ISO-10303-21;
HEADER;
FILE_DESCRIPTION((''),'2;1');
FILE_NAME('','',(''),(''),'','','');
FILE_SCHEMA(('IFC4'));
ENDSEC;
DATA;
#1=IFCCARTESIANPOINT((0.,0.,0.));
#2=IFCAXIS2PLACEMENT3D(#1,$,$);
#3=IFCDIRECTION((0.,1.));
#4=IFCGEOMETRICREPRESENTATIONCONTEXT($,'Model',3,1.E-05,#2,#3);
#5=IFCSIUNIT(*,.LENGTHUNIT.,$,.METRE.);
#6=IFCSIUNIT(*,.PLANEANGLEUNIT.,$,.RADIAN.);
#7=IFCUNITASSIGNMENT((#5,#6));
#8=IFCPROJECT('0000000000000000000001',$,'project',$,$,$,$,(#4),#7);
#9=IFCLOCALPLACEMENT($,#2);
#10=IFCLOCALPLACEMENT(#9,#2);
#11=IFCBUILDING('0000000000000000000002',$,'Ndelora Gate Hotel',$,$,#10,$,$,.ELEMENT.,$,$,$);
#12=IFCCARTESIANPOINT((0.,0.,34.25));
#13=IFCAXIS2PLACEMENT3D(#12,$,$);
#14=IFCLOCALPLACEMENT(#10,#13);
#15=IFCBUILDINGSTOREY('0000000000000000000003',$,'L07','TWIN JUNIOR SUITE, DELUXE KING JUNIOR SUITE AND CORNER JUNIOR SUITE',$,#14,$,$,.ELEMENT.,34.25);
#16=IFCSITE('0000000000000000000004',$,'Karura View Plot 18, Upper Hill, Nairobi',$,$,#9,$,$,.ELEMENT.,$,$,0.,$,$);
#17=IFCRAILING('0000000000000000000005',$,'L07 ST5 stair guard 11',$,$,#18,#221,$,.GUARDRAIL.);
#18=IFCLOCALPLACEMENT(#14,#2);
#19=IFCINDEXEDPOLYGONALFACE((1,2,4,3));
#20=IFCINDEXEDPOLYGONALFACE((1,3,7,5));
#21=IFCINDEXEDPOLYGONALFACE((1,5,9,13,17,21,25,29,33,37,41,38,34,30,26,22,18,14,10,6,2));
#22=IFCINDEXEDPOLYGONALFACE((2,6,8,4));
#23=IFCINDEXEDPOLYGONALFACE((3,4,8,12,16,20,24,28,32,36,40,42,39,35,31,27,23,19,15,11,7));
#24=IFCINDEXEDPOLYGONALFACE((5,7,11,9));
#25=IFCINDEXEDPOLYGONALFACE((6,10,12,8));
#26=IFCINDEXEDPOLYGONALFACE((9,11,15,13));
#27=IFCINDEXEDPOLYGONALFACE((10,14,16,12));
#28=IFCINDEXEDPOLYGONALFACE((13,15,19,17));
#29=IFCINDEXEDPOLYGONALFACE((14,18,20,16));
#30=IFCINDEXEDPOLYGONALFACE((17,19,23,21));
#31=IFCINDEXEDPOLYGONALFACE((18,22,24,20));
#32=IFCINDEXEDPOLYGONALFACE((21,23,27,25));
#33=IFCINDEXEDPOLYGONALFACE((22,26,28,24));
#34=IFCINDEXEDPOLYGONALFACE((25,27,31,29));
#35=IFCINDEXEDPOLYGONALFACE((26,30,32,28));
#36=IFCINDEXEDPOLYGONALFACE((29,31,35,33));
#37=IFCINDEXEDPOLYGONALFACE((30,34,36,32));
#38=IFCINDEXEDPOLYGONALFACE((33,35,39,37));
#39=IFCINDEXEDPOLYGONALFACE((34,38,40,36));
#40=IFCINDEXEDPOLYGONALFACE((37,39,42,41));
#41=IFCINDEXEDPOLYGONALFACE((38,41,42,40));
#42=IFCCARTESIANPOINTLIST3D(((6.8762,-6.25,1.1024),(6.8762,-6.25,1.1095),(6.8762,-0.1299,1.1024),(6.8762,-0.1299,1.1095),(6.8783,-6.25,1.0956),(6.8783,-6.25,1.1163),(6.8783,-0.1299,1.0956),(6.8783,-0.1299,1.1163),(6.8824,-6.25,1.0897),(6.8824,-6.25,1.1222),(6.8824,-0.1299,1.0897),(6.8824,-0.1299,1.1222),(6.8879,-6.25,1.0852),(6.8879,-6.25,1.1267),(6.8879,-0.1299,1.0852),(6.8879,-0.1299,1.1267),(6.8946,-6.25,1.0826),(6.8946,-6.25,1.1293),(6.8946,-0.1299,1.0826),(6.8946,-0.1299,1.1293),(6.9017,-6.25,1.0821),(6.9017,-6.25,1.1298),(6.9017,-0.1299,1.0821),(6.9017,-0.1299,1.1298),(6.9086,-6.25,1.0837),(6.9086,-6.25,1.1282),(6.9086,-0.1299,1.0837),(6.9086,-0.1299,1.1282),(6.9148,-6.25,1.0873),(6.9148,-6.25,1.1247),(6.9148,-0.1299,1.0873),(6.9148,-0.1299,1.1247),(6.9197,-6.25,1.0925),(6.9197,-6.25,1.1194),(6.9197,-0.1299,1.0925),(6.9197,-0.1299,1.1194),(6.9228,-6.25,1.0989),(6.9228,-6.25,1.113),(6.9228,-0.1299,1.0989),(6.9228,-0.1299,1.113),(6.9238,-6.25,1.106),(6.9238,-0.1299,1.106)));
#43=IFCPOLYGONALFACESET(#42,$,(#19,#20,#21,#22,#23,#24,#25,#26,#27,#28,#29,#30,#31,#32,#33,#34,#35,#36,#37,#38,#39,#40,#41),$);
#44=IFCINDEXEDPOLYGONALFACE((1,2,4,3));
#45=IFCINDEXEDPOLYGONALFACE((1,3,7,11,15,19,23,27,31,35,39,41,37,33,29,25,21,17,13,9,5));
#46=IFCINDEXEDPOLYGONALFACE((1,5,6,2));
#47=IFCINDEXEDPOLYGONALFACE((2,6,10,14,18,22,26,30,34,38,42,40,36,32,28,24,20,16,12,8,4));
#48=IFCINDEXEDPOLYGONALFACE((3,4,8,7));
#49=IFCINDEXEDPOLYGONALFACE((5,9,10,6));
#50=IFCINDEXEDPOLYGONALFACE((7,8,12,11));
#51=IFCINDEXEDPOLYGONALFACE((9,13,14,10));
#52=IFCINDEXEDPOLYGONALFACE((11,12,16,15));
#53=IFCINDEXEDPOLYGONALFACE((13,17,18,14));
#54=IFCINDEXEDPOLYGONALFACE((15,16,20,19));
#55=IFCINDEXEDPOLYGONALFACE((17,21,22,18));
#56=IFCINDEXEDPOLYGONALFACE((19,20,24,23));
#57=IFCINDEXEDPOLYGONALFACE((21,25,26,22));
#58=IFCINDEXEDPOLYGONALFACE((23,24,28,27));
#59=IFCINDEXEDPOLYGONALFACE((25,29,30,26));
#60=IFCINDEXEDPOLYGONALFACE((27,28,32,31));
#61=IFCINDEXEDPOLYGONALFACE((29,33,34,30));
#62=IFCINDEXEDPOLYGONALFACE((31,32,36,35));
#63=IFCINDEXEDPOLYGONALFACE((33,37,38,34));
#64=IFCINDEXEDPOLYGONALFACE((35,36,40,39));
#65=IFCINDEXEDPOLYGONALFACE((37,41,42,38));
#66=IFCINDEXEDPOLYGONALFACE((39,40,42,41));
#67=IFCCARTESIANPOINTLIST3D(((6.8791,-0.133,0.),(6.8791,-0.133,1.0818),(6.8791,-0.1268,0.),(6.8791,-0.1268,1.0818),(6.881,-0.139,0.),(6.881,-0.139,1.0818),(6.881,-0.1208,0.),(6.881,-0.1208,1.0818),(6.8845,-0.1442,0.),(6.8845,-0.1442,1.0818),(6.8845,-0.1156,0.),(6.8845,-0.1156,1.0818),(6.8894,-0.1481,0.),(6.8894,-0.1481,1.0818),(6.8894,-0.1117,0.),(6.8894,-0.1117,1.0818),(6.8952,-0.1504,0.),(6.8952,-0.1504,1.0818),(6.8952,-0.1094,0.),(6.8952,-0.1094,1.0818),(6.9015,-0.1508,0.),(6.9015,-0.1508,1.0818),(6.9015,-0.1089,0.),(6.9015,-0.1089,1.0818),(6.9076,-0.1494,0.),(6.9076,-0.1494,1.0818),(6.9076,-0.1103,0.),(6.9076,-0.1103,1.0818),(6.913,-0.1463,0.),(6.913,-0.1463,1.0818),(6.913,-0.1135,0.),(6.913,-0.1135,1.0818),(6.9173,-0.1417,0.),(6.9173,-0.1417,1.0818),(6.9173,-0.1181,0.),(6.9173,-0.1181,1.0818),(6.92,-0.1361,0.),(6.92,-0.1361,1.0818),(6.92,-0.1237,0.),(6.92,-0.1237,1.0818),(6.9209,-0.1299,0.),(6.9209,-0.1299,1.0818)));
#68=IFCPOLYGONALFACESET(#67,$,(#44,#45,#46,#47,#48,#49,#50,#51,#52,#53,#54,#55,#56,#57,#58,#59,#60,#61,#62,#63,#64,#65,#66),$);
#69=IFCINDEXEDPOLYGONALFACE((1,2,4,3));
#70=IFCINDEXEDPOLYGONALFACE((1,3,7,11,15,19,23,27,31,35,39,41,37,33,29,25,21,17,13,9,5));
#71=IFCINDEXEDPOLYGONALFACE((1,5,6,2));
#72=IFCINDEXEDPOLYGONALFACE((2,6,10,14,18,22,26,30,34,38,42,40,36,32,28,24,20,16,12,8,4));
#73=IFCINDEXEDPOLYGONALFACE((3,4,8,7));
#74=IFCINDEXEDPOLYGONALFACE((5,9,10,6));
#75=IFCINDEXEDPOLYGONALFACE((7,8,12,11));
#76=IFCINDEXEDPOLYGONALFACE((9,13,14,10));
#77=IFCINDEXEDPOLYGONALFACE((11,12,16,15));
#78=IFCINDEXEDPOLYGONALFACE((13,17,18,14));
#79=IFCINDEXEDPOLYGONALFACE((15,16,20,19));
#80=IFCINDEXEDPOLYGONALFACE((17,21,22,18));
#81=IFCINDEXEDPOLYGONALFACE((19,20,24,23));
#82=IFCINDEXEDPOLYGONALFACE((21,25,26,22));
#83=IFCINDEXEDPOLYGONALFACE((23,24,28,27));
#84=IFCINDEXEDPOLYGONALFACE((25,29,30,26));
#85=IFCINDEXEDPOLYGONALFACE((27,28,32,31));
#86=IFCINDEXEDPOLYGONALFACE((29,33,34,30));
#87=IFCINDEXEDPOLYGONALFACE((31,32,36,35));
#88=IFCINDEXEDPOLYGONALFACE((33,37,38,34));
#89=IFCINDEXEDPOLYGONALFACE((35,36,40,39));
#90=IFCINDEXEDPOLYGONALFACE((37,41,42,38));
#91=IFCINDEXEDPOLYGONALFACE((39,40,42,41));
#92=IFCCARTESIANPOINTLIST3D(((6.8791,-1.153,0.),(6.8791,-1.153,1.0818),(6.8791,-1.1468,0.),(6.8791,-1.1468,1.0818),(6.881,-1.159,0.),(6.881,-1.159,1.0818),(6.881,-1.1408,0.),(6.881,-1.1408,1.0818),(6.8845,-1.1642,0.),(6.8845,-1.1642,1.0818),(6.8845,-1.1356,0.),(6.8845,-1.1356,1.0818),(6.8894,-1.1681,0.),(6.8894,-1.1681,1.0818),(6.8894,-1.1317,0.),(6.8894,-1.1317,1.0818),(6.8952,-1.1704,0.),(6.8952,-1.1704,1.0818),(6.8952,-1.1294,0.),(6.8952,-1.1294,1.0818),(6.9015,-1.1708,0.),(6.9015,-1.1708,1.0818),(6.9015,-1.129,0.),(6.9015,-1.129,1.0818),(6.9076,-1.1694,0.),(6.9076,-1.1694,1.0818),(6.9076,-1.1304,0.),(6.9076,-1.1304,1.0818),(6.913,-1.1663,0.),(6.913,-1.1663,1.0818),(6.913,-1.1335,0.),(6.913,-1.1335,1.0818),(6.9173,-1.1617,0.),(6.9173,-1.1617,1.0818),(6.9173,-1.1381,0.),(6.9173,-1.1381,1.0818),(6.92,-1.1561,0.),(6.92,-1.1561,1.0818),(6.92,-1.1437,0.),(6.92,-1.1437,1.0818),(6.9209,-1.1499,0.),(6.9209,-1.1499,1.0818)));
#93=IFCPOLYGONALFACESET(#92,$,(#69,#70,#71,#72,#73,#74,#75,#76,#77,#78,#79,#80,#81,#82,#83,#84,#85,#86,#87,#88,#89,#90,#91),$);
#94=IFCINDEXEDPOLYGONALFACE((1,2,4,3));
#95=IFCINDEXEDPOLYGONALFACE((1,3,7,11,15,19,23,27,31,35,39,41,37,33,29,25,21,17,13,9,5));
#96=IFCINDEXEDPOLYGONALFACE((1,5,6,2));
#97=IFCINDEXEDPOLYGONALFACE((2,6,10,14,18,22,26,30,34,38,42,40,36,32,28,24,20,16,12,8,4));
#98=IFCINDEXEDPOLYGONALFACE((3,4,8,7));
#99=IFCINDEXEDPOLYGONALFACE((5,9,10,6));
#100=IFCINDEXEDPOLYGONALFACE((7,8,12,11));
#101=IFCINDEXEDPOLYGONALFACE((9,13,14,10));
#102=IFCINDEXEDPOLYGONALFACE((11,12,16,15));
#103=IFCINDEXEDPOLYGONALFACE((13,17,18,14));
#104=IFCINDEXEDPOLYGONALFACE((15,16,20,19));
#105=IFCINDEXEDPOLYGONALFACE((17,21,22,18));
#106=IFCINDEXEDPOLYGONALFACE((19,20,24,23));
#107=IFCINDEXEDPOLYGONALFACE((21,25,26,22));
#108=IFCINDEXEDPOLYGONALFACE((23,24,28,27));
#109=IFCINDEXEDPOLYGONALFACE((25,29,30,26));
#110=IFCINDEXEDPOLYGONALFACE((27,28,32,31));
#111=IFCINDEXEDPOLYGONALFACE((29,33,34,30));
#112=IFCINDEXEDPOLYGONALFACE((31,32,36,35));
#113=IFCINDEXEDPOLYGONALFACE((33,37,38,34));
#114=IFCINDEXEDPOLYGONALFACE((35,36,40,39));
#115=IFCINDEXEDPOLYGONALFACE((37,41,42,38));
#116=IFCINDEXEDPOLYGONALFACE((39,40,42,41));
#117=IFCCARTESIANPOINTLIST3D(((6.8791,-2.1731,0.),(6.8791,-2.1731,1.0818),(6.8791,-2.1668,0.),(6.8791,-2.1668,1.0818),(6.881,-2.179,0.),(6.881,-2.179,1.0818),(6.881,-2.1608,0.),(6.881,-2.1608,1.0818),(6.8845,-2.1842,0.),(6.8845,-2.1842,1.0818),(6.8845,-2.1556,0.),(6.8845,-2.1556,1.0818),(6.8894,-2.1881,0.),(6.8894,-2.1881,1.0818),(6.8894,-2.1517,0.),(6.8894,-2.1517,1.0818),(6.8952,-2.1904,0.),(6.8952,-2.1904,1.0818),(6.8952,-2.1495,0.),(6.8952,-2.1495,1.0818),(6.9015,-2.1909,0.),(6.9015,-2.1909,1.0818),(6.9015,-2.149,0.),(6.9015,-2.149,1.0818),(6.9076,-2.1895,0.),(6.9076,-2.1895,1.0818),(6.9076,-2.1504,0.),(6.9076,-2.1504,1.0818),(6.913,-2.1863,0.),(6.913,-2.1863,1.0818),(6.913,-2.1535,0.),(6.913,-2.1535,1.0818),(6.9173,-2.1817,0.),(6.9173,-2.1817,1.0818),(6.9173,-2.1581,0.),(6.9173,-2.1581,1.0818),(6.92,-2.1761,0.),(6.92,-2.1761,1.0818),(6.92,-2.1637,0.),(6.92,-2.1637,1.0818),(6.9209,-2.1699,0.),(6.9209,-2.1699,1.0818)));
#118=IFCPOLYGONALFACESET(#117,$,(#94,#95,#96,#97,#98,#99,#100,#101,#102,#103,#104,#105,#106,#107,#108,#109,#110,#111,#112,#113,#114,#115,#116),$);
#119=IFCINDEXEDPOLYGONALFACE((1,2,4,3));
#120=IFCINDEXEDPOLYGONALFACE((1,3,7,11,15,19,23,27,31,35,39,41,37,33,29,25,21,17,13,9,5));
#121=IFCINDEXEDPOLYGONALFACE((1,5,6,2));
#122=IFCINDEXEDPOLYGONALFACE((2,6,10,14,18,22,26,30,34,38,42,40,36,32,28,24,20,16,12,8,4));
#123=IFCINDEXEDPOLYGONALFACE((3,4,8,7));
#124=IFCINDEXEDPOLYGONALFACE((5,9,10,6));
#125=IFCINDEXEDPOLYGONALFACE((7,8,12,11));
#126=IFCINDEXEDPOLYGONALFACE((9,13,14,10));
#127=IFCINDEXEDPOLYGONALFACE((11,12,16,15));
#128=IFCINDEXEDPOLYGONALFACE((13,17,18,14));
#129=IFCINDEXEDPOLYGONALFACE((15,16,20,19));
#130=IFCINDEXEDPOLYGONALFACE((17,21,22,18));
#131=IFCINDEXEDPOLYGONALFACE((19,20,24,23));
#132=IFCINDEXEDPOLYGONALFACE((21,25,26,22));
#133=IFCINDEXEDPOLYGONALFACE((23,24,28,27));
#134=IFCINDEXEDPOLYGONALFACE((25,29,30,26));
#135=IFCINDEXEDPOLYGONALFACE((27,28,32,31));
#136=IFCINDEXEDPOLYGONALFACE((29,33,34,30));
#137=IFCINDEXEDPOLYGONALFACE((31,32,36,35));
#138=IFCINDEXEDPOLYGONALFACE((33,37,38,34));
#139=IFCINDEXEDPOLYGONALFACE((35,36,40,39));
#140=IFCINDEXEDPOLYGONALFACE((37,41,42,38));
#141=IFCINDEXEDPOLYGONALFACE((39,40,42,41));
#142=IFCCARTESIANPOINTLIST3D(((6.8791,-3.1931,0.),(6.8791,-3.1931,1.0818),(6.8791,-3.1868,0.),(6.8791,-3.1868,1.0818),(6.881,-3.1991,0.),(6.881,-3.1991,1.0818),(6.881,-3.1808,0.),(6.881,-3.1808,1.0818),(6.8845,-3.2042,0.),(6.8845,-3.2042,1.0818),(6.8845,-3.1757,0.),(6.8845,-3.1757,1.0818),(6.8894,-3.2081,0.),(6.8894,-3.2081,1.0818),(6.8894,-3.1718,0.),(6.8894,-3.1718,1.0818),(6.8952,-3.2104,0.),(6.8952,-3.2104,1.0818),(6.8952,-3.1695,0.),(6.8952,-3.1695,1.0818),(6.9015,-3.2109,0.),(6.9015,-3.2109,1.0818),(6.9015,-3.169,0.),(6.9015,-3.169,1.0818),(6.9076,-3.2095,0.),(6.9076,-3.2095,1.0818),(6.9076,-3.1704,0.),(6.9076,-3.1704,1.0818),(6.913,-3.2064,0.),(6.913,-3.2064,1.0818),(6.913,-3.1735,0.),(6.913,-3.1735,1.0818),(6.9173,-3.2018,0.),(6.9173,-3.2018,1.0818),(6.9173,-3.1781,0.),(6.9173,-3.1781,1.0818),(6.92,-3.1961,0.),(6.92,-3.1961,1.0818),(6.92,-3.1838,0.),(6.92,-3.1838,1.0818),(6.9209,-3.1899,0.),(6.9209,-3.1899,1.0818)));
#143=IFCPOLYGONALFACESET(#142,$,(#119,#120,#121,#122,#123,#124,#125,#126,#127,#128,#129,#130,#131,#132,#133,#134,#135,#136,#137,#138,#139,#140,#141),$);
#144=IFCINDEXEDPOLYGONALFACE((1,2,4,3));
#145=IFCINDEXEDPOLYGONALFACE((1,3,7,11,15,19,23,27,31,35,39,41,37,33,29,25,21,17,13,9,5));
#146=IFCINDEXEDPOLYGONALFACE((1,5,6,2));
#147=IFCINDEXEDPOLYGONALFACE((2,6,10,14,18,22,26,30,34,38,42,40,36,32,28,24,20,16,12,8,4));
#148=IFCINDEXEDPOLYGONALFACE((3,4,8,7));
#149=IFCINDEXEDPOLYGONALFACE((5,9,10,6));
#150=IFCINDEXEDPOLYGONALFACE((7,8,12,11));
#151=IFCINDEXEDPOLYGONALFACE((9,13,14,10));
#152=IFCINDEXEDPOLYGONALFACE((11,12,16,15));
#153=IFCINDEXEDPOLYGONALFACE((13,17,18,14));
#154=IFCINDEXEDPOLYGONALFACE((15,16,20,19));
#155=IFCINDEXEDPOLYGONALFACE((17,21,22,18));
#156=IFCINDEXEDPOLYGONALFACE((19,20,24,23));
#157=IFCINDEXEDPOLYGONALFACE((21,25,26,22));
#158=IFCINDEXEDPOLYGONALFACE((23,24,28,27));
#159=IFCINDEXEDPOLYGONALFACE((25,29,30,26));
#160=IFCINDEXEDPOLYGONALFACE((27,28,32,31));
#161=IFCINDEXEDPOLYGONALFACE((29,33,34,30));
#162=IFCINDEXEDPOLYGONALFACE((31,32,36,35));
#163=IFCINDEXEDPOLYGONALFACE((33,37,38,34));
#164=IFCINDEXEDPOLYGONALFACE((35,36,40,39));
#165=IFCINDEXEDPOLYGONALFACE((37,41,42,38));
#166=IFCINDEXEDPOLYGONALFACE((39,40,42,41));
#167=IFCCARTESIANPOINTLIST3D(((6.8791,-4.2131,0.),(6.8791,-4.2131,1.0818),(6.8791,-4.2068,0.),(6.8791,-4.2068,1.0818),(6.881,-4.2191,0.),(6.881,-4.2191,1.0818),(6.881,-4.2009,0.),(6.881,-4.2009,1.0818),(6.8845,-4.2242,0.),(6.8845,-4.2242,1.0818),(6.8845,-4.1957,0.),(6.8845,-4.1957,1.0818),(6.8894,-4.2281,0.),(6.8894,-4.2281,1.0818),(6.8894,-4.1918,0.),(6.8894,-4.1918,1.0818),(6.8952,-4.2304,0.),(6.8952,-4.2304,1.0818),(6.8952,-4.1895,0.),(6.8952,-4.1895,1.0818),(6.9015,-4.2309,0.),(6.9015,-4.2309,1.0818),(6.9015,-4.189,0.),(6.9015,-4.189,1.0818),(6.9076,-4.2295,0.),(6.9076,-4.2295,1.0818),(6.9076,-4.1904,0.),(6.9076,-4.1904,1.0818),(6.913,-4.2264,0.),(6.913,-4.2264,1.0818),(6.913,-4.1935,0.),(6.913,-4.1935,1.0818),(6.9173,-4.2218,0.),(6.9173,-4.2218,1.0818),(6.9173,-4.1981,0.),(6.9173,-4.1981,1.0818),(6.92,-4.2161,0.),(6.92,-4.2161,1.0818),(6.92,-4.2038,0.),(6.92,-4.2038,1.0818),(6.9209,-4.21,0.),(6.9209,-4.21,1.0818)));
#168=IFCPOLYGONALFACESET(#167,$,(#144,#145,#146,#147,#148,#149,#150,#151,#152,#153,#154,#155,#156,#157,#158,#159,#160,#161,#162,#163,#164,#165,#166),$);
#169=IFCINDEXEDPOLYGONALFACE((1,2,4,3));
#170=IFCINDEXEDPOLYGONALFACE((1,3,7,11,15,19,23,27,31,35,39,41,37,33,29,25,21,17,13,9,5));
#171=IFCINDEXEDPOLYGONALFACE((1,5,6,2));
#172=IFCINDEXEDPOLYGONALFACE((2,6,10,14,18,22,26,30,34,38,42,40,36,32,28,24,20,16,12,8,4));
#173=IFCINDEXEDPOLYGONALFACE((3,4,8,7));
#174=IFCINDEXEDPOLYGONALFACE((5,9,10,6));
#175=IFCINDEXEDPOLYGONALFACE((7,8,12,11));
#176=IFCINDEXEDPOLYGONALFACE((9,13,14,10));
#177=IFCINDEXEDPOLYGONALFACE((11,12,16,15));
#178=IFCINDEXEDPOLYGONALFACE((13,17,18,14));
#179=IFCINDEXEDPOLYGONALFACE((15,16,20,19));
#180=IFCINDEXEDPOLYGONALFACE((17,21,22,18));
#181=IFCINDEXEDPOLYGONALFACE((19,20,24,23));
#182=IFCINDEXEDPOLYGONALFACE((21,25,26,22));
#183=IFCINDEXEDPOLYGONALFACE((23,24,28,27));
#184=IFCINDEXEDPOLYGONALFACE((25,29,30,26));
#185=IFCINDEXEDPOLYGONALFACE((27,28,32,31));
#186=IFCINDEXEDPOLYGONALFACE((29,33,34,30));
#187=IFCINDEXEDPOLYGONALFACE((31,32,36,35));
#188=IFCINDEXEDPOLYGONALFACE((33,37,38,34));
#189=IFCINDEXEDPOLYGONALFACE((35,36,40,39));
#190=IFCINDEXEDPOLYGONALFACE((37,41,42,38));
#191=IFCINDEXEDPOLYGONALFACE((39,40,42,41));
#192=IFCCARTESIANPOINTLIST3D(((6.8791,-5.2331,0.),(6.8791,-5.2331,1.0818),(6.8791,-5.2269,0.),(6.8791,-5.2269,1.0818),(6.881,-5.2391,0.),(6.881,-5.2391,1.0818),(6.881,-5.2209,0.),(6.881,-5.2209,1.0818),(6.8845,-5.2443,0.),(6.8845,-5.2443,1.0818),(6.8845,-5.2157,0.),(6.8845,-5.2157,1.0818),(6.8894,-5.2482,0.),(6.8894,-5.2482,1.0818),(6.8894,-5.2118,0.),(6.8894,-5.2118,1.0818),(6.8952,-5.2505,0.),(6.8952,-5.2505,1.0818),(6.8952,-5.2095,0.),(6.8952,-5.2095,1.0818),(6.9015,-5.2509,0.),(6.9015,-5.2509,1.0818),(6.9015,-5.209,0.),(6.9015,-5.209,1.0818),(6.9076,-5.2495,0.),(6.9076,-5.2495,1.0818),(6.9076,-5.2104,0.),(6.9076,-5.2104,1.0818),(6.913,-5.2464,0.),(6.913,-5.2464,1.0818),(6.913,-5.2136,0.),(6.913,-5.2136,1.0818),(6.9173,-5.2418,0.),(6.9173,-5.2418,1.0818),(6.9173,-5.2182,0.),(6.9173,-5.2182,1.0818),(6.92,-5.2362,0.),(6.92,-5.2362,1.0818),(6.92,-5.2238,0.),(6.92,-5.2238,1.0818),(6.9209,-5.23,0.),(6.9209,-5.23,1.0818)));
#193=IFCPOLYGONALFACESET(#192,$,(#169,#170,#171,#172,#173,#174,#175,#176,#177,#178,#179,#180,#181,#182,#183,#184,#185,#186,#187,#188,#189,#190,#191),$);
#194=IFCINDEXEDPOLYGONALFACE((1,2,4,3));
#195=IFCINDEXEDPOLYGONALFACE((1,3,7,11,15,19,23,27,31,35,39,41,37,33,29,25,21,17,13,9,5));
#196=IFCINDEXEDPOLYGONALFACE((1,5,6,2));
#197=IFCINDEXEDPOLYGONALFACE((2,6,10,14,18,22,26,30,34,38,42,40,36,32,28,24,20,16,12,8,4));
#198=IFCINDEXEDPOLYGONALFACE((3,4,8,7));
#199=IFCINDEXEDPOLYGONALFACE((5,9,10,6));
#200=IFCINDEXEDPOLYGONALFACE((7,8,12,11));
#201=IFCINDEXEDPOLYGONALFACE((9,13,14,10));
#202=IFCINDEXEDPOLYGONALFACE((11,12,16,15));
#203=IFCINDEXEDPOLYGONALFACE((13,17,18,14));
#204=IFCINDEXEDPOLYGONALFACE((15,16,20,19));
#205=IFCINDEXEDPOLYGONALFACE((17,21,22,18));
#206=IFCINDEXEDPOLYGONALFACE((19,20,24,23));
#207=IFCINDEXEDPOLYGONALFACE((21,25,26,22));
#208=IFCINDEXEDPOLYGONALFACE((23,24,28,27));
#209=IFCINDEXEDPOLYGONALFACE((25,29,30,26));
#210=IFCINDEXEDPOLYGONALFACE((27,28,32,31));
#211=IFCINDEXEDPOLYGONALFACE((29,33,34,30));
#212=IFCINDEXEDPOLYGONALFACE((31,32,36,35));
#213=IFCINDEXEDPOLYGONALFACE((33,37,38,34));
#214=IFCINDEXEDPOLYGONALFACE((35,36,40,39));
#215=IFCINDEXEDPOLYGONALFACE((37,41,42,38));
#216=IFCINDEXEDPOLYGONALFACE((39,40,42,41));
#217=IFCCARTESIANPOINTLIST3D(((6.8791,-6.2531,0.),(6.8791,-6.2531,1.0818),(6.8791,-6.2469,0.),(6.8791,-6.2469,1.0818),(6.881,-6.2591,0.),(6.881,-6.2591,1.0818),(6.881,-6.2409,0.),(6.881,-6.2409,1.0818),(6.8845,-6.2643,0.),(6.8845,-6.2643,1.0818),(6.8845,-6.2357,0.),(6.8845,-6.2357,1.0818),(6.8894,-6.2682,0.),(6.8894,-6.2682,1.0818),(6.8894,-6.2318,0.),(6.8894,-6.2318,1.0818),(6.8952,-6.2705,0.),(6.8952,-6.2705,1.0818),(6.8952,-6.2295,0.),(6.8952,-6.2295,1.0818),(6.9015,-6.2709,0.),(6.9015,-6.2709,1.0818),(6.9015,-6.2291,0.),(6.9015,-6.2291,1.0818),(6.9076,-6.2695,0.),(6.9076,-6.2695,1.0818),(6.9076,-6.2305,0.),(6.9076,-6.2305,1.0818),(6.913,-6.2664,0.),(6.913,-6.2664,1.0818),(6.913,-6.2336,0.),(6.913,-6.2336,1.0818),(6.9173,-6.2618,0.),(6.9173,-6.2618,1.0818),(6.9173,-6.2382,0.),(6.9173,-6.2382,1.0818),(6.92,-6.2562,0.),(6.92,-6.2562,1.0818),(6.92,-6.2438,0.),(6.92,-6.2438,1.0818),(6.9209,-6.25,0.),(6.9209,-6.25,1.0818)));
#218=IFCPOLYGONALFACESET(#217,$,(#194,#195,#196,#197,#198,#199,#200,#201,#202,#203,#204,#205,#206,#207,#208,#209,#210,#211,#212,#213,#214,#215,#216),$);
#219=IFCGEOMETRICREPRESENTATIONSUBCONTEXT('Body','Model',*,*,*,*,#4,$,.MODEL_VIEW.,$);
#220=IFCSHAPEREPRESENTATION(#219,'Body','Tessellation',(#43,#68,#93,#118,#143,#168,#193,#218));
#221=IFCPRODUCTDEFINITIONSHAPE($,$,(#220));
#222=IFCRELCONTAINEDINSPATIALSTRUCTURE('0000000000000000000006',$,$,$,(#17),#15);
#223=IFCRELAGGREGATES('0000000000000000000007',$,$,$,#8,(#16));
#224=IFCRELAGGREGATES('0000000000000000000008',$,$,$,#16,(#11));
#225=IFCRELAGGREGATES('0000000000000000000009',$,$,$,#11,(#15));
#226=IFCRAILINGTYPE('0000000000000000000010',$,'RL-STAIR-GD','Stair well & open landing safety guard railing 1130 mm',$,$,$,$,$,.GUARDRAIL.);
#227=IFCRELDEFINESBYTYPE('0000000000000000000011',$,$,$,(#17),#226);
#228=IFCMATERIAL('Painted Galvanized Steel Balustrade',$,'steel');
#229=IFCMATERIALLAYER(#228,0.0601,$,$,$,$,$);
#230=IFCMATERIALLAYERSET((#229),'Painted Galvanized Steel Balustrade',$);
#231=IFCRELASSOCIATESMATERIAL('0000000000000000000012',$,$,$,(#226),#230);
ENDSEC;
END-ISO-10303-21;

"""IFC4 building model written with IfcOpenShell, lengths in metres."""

from ifc_helpers import new_model, si_unit, direction, frame, origin, origin_2d, place, context, subcontext, project, spatial, circle, extrude, material, layer, layer_set, type_object, element, save


model = new_model("IFC4")

# Units and contexts
model_context = context("Model", 3, precision=1e-05, world=origin(), true_north=direction((0.0, 1.0)))
body_context = subcontext(model_context, "Body", "Model", "MODEL_VIEW")
ifc_project = project(units=[si_unit("LENGTHUNIT", "METRE"), si_unit("PLANEANGLEUNIT", "RADIAN")], contexts=[model_context])

# Site, building, storey
site_placement = place(None, origin())
site = spatial("IfcSite", under=ifc_project, at=site_placement, Name="Karura View Plot 18, Upper Hill, Nairobi", CompositionType="ELEMENT", RefElevation=0.0)
building_placement = place(site_placement, origin())
building = spatial("IfcBuilding", under=site, at=building_placement, Name="Ndelora Gate Hotel", CompositionType="ELEMENT")
storey_placement = place(building_placement, frame((0.0, 0.0, 34.25)))
storey = spatial("IfcBuildingStorey", under=building, at=storey_placement, Name="L07", Description="TWIN JUNIOR SUITE, DELUXE KING JUNIOR SUITE AND CORNER JUNIOR SUITE", CompositionType="ELEMENT", Elevation=34.25)

# Railing
ifc_material_1 = material(Name="Painted Galvanized Steel Balustrade", Category="steel")
ifc_layer_1 = layer(ifc_material_1, 0.0601)
ifc_layer_set_1 = layer_set([ifc_layer_1], Name="Painted Galvanized Steel Balustrade")
railing_type = type_object("IfcRailingType", Name="RL-STAIR-GD", Description="Stair well & open landing safety guard railing 1130 mm", PredefinedType="GUARDRAIL", material=ifc_layer_set_1)
railing_1_placement = place(storey_placement, frame((6.8999, -0.1299, 0.0)))
element("IfcRailing", 1, at=railing_1_placement, inside=storey, type_object=railing_type, Name="L07 ST5 stair guard 11", PredefinedType="GUARDRAIL", context=body_context, shape_type="SweptSolid", body=[
    extrude(circle(Radius=0.0239, at=origin_2d()), frame((0.0, 0.0, 1.106), z_axis=(0.0, -1.0, 0.0), x_axis=(1.0, 0.0, 0.0)), (0.0, 0.0, 1.0), 6.1201),
    extrude(circle(Radius=0.021, at=origin_2d()), origin(), (0.0, 0.0, 1.0), 1.0818),
    extrude(circle(Radius=0.021, at=origin_2d()), frame((0.0, -1.02, 0.0)), (0.0, 0.0, 1.0), 1.0818),
    extrude(circle(Radius=0.021, at=origin_2d()), frame((0.0, -2.04, 0.0)), (0.0, 0.0, 1.0), 1.0818),
    extrude(circle(Radius=0.021, at=origin_2d()), frame((0.0, -3.0601, 0.0)), (0.0, 0.0, 1.0), 1.0818),
    extrude(circle(Radius=0.021, at=origin_2d()), frame((0.0, -4.0801, 0.0)), (0.0, 0.0, 1.0), 1.0818),
    extrude(circle(Radius=0.021, at=origin_2d()), frame((0.0, -5.1001, 0.0)), (0.0, 0.0, 1.0), 1.0818),
    extrude(circle(Radius=0.021, at=origin_2d()), frame((0.0, -6.1201, 0.0)), (0.0, 0.0, 1.0), 1.0818),
])

save(model, "model.ifc")
